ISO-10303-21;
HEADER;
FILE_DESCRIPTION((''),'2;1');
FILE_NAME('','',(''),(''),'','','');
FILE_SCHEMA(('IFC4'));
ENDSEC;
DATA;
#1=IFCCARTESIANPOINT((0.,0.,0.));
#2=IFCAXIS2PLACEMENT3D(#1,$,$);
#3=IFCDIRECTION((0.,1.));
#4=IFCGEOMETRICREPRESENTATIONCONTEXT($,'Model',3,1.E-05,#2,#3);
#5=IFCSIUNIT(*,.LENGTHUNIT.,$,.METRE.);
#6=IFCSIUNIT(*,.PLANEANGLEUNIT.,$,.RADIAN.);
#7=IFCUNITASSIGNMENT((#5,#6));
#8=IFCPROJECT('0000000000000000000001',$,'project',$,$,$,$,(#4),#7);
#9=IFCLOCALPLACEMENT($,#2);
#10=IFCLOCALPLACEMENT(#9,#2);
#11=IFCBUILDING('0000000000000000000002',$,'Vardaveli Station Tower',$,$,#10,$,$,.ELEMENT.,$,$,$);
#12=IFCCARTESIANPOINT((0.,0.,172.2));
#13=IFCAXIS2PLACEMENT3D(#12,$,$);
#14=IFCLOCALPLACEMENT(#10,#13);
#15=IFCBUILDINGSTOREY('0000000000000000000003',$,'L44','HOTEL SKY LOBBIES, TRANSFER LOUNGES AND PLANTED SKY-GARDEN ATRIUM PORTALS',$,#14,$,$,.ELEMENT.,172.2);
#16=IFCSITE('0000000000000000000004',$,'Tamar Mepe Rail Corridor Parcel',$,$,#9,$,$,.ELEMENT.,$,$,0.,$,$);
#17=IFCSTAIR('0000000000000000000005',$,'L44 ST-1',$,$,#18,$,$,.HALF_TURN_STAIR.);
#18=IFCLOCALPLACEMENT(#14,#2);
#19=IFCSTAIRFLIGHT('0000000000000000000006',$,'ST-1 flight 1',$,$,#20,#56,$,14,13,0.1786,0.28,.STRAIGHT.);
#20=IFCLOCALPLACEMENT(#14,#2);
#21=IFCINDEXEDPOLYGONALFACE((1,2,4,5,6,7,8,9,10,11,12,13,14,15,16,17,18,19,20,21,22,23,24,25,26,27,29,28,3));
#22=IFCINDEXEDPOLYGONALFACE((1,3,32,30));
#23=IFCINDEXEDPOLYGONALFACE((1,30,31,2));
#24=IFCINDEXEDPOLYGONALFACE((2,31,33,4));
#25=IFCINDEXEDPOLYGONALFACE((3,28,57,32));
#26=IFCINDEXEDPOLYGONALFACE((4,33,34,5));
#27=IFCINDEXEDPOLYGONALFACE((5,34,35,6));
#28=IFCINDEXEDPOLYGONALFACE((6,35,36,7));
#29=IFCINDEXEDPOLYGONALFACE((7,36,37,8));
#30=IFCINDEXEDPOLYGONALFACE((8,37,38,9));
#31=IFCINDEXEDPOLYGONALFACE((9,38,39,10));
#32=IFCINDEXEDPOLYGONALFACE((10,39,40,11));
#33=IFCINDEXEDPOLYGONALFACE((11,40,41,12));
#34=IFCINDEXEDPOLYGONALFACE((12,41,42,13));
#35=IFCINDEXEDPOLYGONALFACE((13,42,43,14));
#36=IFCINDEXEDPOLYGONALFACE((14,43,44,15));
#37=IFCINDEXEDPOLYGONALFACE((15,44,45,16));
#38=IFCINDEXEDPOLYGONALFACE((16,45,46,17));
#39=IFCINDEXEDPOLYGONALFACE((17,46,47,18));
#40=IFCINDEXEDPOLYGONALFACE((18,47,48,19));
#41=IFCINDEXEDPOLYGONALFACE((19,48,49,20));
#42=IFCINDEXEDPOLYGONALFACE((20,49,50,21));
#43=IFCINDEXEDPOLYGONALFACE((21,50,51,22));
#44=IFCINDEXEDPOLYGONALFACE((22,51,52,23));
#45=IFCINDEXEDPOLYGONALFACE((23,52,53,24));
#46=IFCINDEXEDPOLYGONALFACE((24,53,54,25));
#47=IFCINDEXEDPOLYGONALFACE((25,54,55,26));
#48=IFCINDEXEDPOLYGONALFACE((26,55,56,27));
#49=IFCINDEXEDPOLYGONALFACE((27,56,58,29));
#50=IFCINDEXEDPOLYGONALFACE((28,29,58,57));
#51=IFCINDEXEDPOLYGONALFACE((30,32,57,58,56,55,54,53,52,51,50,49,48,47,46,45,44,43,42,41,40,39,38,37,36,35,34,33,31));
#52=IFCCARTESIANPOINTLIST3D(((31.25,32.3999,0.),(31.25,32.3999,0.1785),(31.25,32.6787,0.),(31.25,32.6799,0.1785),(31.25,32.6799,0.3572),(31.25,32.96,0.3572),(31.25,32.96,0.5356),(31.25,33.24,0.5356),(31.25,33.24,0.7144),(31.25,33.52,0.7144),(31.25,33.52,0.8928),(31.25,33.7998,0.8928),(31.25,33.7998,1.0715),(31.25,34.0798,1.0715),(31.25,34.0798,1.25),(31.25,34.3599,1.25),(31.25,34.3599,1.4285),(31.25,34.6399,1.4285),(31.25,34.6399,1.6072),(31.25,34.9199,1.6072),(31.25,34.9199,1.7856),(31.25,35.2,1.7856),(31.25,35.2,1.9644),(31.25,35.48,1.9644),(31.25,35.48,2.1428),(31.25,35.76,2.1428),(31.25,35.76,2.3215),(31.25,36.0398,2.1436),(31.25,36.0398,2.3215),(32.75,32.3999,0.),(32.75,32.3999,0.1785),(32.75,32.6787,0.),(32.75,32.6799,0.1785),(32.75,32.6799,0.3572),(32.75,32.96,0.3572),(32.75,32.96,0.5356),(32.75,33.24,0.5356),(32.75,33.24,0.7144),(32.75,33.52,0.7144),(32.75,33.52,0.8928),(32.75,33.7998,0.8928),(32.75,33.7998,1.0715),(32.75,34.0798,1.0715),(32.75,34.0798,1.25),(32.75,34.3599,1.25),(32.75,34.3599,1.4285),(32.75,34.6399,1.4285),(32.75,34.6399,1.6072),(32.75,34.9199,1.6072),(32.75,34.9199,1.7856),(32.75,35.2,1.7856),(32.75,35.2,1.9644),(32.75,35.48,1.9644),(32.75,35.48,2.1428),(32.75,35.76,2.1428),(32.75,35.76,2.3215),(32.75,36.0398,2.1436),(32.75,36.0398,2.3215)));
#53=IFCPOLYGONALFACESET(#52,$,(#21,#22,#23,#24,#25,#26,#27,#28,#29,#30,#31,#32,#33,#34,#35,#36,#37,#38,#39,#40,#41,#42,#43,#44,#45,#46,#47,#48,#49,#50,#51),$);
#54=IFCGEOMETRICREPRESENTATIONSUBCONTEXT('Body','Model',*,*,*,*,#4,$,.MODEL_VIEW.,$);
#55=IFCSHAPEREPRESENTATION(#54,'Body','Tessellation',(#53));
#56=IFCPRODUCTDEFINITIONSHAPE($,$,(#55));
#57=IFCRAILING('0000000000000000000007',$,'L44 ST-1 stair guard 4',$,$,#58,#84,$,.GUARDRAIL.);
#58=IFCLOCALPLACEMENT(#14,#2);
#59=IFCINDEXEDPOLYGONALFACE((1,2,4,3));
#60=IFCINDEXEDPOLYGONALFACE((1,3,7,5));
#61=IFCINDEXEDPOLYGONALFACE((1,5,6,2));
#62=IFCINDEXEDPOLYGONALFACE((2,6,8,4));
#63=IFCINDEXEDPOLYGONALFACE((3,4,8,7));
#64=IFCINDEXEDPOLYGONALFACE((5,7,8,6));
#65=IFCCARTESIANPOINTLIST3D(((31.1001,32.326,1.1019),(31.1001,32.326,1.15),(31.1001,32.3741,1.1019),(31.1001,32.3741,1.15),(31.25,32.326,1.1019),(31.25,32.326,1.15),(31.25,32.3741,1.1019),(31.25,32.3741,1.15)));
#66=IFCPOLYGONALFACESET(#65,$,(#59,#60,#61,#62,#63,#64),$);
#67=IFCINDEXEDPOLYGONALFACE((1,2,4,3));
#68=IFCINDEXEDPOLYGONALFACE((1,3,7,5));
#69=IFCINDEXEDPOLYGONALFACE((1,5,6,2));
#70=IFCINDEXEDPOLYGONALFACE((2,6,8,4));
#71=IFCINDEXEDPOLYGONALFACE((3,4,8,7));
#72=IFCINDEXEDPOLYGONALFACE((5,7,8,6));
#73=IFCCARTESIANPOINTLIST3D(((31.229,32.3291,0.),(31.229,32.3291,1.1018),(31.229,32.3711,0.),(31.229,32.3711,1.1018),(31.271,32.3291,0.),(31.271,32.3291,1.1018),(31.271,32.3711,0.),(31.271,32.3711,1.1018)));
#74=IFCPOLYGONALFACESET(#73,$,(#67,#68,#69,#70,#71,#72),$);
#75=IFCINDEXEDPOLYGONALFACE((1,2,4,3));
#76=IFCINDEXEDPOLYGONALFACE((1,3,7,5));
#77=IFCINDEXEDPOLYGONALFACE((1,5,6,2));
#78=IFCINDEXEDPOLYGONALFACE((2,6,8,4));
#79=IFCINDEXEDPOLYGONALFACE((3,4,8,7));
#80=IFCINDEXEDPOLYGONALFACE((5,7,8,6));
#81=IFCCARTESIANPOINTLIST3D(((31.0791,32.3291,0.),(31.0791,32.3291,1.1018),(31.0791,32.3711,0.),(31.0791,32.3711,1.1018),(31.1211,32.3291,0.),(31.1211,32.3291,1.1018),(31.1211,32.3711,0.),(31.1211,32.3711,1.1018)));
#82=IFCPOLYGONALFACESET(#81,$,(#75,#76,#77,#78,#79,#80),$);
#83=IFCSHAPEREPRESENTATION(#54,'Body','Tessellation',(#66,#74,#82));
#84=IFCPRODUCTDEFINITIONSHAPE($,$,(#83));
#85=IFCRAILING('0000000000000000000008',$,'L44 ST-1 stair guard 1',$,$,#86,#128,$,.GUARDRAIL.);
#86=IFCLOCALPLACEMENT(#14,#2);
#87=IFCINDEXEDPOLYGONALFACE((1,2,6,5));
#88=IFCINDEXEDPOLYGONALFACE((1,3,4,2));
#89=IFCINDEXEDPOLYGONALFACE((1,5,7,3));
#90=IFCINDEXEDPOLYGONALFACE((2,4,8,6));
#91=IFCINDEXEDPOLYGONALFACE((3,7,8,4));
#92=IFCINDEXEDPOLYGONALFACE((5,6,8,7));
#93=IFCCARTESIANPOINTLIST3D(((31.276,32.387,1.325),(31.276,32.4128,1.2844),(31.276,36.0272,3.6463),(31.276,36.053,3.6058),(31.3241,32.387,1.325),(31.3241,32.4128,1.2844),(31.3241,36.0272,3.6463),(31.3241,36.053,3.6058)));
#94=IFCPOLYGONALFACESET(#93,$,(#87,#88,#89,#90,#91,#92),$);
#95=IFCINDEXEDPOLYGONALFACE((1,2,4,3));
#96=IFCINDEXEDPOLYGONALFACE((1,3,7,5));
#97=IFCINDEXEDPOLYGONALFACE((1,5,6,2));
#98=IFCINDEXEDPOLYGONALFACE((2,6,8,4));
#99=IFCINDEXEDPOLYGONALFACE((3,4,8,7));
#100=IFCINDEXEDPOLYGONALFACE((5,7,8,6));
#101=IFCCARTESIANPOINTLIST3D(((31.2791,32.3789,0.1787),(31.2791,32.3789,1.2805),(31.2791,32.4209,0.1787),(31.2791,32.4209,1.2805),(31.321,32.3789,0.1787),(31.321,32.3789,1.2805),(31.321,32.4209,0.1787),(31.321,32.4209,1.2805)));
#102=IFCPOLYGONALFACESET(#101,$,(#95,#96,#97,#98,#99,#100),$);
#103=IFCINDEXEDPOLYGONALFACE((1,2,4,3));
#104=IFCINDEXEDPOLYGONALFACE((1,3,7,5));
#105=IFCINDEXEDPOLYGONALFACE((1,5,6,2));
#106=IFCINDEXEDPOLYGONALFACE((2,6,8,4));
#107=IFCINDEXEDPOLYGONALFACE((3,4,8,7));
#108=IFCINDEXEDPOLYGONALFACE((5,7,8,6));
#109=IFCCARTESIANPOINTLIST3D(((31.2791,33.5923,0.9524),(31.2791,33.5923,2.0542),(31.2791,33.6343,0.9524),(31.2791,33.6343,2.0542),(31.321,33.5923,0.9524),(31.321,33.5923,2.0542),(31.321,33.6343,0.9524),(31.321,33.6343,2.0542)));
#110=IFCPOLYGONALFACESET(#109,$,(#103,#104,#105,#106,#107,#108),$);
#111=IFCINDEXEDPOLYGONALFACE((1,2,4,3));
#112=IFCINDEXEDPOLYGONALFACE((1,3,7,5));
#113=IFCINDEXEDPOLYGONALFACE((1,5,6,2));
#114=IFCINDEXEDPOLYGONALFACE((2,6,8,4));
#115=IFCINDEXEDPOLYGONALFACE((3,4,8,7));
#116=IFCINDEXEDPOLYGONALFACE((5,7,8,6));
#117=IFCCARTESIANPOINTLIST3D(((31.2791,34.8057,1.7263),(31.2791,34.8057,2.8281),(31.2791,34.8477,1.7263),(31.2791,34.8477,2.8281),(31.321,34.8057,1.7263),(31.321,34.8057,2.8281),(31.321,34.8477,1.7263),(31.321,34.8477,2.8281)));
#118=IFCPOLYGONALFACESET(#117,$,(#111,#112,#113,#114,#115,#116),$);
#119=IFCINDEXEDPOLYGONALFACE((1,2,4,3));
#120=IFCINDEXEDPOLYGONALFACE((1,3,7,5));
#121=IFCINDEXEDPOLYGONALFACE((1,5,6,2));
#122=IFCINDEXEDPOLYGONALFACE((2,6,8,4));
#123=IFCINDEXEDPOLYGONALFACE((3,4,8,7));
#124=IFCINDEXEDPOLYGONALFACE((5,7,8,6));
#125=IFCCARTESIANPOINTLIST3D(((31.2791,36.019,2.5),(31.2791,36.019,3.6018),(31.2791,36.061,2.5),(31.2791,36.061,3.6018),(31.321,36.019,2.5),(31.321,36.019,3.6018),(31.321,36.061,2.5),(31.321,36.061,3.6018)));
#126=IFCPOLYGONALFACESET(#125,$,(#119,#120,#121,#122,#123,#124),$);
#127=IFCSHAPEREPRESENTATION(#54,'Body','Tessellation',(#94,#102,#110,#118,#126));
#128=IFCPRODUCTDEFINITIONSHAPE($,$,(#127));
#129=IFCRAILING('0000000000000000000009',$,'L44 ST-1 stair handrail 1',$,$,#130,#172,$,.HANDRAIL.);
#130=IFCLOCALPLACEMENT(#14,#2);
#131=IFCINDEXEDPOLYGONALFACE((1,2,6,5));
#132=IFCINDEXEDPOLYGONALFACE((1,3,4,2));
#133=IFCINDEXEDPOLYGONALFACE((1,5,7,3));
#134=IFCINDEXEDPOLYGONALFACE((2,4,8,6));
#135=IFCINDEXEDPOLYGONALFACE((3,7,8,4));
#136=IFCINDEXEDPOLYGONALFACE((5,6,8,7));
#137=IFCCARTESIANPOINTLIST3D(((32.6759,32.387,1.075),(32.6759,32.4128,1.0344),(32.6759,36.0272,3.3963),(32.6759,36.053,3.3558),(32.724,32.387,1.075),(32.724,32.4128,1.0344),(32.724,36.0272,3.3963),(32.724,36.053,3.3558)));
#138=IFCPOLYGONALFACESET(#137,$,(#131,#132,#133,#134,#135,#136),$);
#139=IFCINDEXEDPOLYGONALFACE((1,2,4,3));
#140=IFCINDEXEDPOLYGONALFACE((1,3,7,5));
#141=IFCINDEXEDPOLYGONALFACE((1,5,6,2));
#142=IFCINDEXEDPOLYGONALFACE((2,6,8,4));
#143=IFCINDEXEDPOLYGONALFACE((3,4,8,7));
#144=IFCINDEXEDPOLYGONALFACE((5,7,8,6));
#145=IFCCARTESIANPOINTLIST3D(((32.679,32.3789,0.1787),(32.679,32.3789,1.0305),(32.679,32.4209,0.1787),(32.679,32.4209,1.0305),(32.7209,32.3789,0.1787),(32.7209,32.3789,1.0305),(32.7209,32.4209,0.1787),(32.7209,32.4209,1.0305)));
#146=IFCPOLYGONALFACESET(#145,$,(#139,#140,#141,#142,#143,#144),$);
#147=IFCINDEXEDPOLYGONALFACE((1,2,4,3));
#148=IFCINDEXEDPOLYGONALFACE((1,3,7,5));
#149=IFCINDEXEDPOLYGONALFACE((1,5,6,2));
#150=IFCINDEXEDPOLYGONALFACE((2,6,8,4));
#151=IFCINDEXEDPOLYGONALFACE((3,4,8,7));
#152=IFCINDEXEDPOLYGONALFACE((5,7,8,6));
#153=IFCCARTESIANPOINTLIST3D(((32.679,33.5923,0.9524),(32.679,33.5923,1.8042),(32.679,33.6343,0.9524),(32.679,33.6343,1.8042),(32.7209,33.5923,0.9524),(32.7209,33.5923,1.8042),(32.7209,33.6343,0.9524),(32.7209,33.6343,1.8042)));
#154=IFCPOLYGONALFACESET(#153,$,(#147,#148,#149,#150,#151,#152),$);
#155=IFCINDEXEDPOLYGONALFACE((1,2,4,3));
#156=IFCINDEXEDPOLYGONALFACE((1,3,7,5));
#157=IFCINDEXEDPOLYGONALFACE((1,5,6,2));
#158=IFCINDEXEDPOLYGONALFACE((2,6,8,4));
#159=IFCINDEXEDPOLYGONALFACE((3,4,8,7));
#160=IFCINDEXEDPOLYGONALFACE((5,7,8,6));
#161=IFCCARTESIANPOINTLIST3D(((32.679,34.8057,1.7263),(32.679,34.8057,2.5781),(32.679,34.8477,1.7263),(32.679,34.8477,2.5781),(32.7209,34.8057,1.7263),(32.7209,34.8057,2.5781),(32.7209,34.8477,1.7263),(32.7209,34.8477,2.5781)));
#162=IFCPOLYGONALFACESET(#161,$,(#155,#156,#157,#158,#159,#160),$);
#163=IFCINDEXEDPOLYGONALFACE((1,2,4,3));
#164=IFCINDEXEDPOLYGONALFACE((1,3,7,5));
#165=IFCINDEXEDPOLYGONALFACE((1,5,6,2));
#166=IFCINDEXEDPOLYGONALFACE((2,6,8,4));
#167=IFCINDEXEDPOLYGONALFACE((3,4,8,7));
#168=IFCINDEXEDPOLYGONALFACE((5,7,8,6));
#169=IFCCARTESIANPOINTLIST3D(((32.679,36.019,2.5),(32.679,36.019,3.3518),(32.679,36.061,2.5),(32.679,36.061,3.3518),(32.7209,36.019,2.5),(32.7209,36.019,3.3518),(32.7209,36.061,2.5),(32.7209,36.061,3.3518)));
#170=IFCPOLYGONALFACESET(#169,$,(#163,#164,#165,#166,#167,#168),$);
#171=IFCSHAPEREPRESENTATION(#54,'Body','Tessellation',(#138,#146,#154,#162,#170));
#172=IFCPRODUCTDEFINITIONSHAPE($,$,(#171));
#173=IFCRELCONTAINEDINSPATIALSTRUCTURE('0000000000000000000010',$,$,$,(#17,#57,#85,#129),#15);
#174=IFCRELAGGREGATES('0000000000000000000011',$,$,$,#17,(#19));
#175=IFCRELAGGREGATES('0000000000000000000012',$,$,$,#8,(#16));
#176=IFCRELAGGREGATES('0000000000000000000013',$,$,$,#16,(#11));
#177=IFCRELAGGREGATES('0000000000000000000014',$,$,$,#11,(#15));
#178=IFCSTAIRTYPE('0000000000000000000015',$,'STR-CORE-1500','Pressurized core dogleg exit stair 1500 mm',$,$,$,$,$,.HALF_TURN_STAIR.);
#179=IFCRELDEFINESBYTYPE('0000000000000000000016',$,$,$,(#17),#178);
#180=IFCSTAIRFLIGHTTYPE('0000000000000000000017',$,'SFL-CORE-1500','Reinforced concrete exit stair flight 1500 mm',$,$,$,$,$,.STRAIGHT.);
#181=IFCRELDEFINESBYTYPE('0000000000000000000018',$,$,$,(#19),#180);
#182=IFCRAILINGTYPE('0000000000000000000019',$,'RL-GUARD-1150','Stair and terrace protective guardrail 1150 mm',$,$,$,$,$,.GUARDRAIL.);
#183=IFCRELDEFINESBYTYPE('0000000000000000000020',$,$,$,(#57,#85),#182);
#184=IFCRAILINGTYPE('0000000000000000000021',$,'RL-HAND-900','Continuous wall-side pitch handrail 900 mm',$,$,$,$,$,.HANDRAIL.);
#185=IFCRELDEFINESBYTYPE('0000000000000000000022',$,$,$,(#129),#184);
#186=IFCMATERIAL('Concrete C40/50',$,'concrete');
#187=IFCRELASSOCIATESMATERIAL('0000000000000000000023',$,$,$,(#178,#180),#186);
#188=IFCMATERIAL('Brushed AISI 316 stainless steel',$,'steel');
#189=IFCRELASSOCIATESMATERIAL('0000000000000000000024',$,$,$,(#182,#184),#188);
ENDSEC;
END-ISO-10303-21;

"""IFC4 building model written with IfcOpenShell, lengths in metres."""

from ifc_helpers import new_model, si_unit, direction, frame, origin, origin_2d, place, context, subcontext, project, spatial, polyline, rectangle, outline, extrude, source, transform, mapped, material, type_object, element, aggregate, save


model = new_model("IFC4")

# Units and contexts
model_context = context("Model", 3, precision=1e-05, world=origin(), true_north=direction((0.0, 1.0)))
body_context = subcontext(model_context, "Body", "Model", "MODEL_VIEW")
ifc_project = project(units=[si_unit("LENGTHUNIT", "METRE"), si_unit("PLANEANGLEUNIT", "RADIAN")], contexts=[model_context])

# Site, building, storey
site_placement = place(None, origin())
site = spatial("IfcSite", under=ifc_project, at=site_placement, Name="Tamar Mepe Rail Corridor Parcel", CompositionType="ELEMENT", RefElevation=0.0)
building_placement = place(site_placement, origin())
building = spatial("IfcBuilding", under=site, at=building_placement, Name="Vardaveli Station Tower", CompositionType="ELEMENT")
storey_placement = place(building_placement, frame((0.0, 0.0, 172.2)))
storey = spatial("IfcBuildingStorey", under=building, at=storey_placement, Name="L44", Description="HOTEL SKY LOBBIES, TRANSFER LOUNGES AND PLANTED SKY-GARDEN ATRIUM PORTALS", CompositionType="ELEMENT", Elevation=172.2)

# Shared definitions
ifc_material_1 = material(Name="Concrete C40/50", Category="concrete")

# Stair, stair flight
stair_type = type_object("IfcStairType", Name="STR-CORE-1500", Description="Pressurized core dogleg exit stair 1500 mm", PredefinedType="HALF_TURN_STAIR", material=ifc_material_1)
stair_placement = place(storey_placement, origin())
stair = element("IfcStair", 1, at=stair_placement, inside=storey, type_object=stair_type, Name="L44 ST-1", PredefinedType="HALF_TURN_STAIR")
stair_flight_type = type_object("IfcStairFlightType", Name="SFL-CORE-1500", Description="Reinforced concrete exit stair flight 1500 mm", PredefinedType="STRAIGHT", material=ifc_material_1)
shared_shape_1 = source(origin(), body_context, "Body", "SweptSolid", [
    extrude(outline(polyline([(0.0, 0.0), (0.0, 0.1785), (0.28, 0.1785), (0.28, 0.3572), (0.5601, 0.3572), (0.5601, 0.5356), (0.8401, 0.5356), (0.8401, 0.7144), (1.1201, 0.7144), (1.1201, 0.8928), (1.3999, 0.8928), (1.3999, 1.0715), (1.6799, 1.0715), (1.6799, 1.25), (1.96, 1.25), (1.96, 1.4285), (2.24, 1.4285), (2.24, 1.6072), (2.52, 1.6072), (2.52, 1.7856), (2.8, 1.7856), (2.8, 1.9644), (3.0801, 1.9644), (3.0801, 2.1428), (3.3601, 2.1428), (3.3601, 2.3215), (3.6399, 2.3215), (3.6399, 2.5), (3.6399, 2.1436), (0.2788, 0.0), (0.0, 0.0)])), frame((0.0, 0.75, 0.0), z_axis=(0.0, -1.0, 0.0), x_axis=(1.0, 0.0, 0.0)), (0.0, 0.0, 1.0), 1.5),
])
stair_flight_placement = place(storey_placement, frame((32.0, 32.3999, 0.0), z_axis=(0.0, 0.0, 1.0), x_axis=(0.0, 1.0, 0.0)))
stair_flight = element("IfcStairFlight", 2, at=stair_flight_placement, type_object=stair_flight_type, Name="ST-1 flight 1", NumberOfRisers=14, NumberOfTreads=13, PredefinedType="STRAIGHT", RiserHeight=0.1786, TreadLength=0.28, context=body_context, shape_type="MappedRepresentation", body=[
    mapped(shared_shape_1, transform((0.0, 0.0, 0.0), scale=1.0)),
])
aggregate(stair, [stair_flight])

# Railings
ifc_material_2 = material(Name="Brushed AISI 316 stainless steel", Category="steel")
railing_type_1 = type_object("IfcRailingType", Name="RL-GUARD-1150", Description="Stair and terrace protective guardrail 1150 mm", PredefinedType="GUARDRAIL", material=ifc_material_2)
shared_shape_2 = source(origin(), body_context, "Body", "SweptSolid", [
    extrude(rectangle(XDim=0.0481, YDim=0.0481, at=origin_2d()), frame((0.0, 0.0, 1.126), z_axis=(-1.0, 0.0, 0.0), x_axis=(0.0, -1.0, 0.0)), (0.0, 0.0, 1.0), 0.1499),
    extrude(rectangle(XDim=0.042, YDim=0.042, at=origin_2d()), origin(), (0.0, 0.0, 1.0), 1.1018),
    extrude(rectangle(XDim=0.042, YDim=0.042, at=origin_2d()), frame((-0.1499, 0.0, 0.0)), (0.0, 0.0, 1.0), 1.1018),
])
railing_1_placement = place(storey_placement, frame((31.25, 32.3501, 0.0)))
element("IfcRailing", 3, at=railing_1_placement, inside=storey, type_object=railing_type_1, Name="L44 ST-1 stair guard 4", PredefinedType="GUARDRAIL", context=body_context, shape_type="MappedRepresentation", body=[
    mapped(shared_shape_2, transform((0.0, 0.0, 0.0), scale=1.0)),
])
shared_shape_3 = source(origin(), body_context, "Body", "SweptSolid", [
    extrude(rectangle(XDim=0.0481, YDim=0.0481, at=origin_2d()), frame((0.0, 0.0, 1.126), z_axis=(0.0, 0.843153, 0.537673), x_axis=(-1.0, 0.0, 0.0)), (0.0, 0.0, 1.0), 4.3174),
    extrude(rectangle(XDim=0.042, YDim=0.042, at=origin_2d()), origin(), (0.0, 0.0, 1.0), 1.1018),
    extrude(rectangle(XDim=0.042, YDim=0.042, at=origin_2d()), frame((0.0, 1.2134, 0.7737)), (0.0, 0.0, 1.0), 1.1018),
    extrude(rectangle(XDim=0.042, YDim=0.042, at=origin_2d()), frame((0.0, 2.4268, 1.5476)), (0.0, 0.0, 1.0), 1.1018),
    extrude(rectangle(XDim=0.042, YDim=0.042, at=origin_2d()), frame((0.0, 3.6401, 2.3213)), (0.0, 0.0, 1.0), 1.1018),
])
railing_2_placement = place(storey_placement, frame((31.3, 32.3999, 0.1787)))
element("IfcRailing", 4, at=railing_2_placement, inside=storey, type_object=railing_type_1, Name="L44 ST-1 stair guard 1", PredefinedType="GUARDRAIL", context=body_context, shape_type="MappedRepresentation", body=[
    mapped(shared_shape_3, transform((0.0, 0.0, 0.0), scale=1.0)),
])
railing_type_2 = type_object("IfcRailingType", Name="RL-HAND-900", Description="Continuous wall-side pitch handrail 900 mm", PredefinedType="HANDRAIL", material=ifc_material_2)
shared_shape_4 = source(origin(), body_context, "Body", "SweptSolid", [
    extrude(rectangle(XDim=0.0481, YDim=0.0481, at=origin_2d()), frame((0.0, 0.0, 0.876), z_axis=(0.0, 0.843153, 0.537673), x_axis=(-1.0, 0.0, 0.0)), (0.0, 0.0, 1.0), 4.3174),
    extrude(rectangle(XDim=0.042, YDim=0.042, at=origin_2d()), origin(), (0.0, 0.0, 1.0), 0.8518),
    extrude(rectangle(XDim=0.042, YDim=0.042, at=origin_2d()), frame((0.0, 1.2134, 0.7737)), (0.0, 0.0, 1.0), 0.8518),
    extrude(rectangle(XDim=0.042, YDim=0.042, at=origin_2d()), frame((0.0, 2.4268, 1.5476)), (0.0, 0.0, 1.0), 0.8518),
    extrude(rectangle(XDim=0.042, YDim=0.042, at=origin_2d()), frame((0.0, 3.6401, 2.3213)), (0.0, 0.0, 1.0), 0.8518),
])
railing_3_placement = place(storey_placement, frame((32.7, 32.3999, 0.1787)))
element("IfcRailing", 5, at=railing_3_placement, inside=storey, type_object=railing_type_2, Name="L44 ST-1 stair handrail 1", PredefinedType="HANDRAIL", context=body_context, shape_type="MappedRepresentation", body=[
    mapped(shared_shape_4, transform((0.0, 0.0, 0.0), scale=1.0)),
])

save(model, "model.ifc")
